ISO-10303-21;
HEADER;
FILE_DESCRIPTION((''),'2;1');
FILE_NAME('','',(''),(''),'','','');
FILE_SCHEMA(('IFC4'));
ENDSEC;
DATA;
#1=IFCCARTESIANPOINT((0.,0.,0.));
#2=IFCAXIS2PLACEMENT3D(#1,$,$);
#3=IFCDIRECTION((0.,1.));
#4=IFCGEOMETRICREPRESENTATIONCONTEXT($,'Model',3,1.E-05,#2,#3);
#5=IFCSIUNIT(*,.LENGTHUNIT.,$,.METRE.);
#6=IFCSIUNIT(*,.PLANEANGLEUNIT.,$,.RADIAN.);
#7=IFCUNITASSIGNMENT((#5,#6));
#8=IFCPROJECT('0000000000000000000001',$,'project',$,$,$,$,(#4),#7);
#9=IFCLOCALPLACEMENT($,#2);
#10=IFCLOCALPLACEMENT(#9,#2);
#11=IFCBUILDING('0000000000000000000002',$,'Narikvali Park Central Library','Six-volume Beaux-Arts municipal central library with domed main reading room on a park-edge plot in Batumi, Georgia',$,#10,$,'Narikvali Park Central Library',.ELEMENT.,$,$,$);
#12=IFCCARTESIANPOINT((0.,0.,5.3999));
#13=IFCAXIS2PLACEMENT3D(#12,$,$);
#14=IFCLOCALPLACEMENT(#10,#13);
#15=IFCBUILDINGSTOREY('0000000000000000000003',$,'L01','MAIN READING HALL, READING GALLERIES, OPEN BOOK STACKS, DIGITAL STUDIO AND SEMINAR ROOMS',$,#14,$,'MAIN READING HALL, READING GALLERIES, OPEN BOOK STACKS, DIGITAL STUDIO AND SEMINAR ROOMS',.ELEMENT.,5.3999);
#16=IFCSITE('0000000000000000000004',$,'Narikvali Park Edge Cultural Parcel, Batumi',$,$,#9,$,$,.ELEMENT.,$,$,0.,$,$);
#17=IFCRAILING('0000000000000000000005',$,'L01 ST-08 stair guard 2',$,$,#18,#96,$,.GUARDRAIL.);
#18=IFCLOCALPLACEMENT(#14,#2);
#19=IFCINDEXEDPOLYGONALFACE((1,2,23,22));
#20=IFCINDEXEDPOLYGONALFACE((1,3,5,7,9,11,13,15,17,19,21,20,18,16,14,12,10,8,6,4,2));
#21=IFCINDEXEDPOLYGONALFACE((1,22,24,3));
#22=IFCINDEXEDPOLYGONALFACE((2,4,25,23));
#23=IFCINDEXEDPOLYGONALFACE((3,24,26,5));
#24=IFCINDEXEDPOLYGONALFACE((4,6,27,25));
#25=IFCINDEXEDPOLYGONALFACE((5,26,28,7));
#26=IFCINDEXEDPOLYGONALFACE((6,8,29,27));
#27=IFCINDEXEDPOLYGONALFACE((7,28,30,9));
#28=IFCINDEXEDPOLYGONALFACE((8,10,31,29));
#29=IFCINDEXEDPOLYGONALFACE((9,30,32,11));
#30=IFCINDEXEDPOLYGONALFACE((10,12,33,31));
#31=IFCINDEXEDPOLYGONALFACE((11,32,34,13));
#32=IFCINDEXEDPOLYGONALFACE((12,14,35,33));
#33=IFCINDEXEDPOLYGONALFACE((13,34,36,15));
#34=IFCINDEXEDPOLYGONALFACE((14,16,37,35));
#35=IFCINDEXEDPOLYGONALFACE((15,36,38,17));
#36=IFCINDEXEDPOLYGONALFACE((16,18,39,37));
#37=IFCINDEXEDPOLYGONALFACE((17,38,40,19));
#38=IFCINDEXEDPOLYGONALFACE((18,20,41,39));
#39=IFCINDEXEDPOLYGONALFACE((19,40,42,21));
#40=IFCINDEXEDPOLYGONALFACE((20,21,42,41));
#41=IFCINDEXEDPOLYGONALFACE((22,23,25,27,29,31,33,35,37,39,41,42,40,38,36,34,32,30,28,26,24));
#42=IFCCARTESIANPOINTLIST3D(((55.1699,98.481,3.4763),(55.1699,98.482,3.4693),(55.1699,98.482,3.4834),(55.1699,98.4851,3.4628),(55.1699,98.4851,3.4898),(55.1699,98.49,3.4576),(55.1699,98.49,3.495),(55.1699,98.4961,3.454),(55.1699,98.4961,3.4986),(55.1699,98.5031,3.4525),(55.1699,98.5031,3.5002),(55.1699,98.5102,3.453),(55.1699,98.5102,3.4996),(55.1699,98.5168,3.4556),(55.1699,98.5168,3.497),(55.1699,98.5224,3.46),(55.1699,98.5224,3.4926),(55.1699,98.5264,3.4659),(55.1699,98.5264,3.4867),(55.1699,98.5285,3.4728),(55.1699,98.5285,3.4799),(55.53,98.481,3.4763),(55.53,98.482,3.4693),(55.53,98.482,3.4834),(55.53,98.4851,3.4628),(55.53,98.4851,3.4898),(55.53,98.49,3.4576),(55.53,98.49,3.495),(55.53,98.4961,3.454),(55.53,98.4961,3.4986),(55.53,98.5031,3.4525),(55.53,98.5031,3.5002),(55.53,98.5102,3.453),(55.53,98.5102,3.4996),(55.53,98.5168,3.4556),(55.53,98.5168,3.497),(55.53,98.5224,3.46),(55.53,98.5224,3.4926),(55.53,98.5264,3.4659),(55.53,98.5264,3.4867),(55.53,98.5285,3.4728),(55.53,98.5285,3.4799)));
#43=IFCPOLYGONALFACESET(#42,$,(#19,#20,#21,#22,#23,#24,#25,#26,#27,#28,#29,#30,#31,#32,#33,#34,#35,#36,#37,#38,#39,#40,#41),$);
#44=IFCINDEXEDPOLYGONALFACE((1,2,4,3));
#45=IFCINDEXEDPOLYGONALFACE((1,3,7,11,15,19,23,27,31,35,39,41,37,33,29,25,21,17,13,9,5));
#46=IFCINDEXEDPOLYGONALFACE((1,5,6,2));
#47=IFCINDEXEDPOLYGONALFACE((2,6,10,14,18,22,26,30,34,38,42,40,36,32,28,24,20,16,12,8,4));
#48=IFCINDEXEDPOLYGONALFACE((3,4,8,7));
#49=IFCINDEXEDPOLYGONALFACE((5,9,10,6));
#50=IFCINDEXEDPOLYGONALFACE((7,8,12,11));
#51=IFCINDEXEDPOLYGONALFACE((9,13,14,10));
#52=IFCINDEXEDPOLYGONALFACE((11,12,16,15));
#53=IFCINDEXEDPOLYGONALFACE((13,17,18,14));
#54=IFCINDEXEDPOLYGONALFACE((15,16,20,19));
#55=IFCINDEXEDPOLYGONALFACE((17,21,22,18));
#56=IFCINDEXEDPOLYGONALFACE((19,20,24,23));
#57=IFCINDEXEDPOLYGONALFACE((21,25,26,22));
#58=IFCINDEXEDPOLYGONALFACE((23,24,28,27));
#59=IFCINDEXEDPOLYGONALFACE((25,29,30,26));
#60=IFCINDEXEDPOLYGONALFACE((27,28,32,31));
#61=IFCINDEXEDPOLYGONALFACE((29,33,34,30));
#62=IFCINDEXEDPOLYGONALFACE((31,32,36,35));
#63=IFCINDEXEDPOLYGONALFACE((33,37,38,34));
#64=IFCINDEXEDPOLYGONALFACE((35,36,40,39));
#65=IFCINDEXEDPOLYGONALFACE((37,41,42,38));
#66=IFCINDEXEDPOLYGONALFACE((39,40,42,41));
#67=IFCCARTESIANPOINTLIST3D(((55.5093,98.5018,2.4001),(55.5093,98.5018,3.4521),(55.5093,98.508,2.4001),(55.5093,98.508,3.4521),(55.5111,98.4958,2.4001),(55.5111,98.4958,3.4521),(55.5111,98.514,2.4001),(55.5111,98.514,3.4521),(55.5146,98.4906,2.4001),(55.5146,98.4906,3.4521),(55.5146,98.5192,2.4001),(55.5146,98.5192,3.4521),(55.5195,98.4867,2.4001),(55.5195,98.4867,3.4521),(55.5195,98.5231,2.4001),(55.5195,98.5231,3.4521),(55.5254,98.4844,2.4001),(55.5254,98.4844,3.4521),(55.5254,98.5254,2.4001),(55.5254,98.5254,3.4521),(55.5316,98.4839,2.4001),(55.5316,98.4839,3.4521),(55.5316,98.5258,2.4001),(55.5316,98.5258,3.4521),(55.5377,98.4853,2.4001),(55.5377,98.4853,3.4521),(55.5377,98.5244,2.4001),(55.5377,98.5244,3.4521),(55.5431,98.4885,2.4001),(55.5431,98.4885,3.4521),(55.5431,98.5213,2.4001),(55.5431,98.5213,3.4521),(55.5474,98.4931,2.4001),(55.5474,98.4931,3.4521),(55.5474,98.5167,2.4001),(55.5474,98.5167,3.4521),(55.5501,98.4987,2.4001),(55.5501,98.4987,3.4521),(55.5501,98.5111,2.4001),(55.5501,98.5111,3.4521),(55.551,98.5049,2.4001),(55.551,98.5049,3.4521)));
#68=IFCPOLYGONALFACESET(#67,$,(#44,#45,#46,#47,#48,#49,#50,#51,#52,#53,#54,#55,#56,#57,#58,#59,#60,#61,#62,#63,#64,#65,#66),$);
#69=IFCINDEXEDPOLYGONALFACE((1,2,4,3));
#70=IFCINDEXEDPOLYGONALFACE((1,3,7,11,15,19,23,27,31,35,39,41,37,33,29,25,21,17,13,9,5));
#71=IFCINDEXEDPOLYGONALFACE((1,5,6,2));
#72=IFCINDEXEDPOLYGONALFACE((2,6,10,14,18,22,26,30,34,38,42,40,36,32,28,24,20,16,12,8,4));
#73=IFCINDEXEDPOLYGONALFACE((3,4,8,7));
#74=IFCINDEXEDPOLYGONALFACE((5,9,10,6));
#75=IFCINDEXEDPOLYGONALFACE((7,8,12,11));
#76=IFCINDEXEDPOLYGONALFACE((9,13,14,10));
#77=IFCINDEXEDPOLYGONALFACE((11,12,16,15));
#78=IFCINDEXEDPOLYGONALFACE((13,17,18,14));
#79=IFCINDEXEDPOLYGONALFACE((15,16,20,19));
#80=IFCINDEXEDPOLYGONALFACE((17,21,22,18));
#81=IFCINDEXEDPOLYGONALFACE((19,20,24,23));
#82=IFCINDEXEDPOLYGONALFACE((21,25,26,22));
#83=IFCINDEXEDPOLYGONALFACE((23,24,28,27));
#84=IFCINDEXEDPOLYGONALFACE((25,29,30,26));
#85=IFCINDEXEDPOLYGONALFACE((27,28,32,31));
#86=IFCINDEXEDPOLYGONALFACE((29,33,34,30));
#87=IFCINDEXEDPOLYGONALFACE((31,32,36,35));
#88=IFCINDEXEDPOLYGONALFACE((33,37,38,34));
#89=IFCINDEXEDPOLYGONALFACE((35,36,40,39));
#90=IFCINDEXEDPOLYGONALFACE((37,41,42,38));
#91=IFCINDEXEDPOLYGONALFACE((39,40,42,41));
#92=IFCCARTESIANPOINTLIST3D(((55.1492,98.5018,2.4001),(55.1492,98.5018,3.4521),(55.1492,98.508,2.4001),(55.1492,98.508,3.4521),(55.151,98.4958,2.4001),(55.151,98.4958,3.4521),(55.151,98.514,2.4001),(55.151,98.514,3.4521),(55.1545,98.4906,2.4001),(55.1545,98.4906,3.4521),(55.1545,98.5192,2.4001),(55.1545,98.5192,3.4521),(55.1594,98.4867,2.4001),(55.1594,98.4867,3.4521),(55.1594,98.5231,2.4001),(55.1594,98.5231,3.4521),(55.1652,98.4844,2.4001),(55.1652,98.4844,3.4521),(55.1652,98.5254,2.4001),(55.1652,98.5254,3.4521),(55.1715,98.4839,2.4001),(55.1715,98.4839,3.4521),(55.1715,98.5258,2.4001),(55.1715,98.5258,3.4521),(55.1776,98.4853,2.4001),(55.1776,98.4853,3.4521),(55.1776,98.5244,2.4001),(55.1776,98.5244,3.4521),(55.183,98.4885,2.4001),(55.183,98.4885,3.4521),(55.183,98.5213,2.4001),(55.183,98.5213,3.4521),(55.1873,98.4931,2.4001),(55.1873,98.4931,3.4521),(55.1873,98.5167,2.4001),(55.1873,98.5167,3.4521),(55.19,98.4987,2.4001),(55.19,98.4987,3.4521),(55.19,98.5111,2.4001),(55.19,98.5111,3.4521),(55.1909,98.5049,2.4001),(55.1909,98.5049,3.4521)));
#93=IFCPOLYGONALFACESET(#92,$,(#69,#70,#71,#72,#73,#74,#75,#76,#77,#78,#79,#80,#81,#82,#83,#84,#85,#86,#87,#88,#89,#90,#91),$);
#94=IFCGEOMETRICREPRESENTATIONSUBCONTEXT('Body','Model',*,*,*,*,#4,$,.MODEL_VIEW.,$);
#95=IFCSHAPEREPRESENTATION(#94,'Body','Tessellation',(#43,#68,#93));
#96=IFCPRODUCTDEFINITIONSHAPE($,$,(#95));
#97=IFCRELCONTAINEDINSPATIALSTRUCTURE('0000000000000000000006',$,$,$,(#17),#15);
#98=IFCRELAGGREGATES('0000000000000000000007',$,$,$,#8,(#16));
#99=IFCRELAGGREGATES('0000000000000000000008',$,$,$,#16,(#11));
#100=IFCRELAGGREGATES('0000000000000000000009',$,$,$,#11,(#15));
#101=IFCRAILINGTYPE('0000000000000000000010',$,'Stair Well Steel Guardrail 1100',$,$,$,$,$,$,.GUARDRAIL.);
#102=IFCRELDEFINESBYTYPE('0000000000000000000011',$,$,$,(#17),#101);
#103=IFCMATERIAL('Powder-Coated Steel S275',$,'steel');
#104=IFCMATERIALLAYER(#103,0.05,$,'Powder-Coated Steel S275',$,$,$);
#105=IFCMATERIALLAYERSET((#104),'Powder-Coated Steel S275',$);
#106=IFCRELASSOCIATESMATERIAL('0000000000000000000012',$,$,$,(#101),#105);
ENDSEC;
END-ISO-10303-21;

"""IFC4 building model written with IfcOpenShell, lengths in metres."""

from ifc_helpers import new_model, si_unit, direction, frame, origin, origin_2d, place, context, subcontext, project, spatial, circle, extrude, material, layer, layer_set, type_object, element, save


model = new_model("IFC4")

# Units and contexts
model_context = context("Model", 3, precision=1e-05, world=origin(), true_north=direction((0.0, 1.0)))
body_context = subcontext(model_context, "Body", "Model", "MODEL_VIEW")
ifc_project = project(units=[si_unit("LENGTHUNIT", "METRE"), si_unit("PLANEANGLEUNIT", "RADIAN")], contexts=[model_context])

# Site, building, storey
site_placement = place(None, origin())
site = spatial("IfcSite", under=ifc_project, at=site_placement, Name="Narikvali Park Edge Cultural Parcel, Batumi", CompositionType="ELEMENT", RefElevation=0.0)
building_placement = place(site_placement, origin())
building = spatial("IfcBuilding", under=site, at=building_placement, Name="Narikvali Park Central Library", Description="Six-volume Beaux-Arts municipal central library with domed main reading room on a park-edge plot in Batumi, Georgia", LongName="Narikvali Park Central Library", CompositionType="ELEMENT")
storey_placement = place(building_placement, frame((0.0, 0.0, 5.3999)))
storey = spatial("IfcBuildingStorey", under=building, at=storey_placement, Name="L01", Description="MAIN READING HALL, READING GALLERIES, OPEN BOOK STACKS, DIGITAL STUDIO AND SEMINAR ROOMS", LongName="MAIN READING HALL, READING GALLERIES, OPEN BOOK STACKS, DIGITAL STUDIO AND SEMINAR ROOMS", CompositionType="ELEMENT", Elevation=5.3999)

# Railing
ifc_material_1 = material(Name="Powder-Coated Steel S275", Category="steel")
ifc_layer_1 = layer(ifc_material_1, 0.05, Name="Powder-Coated Steel S275")
ifc_layer_set_1 = layer_set([ifc_layer_1], Name="Powder-Coated Steel S275")
railing_type_1 = type_object("IfcRailingType", Name="Stair Well Steel Guardrail 1100", PredefinedType="GUARDRAIL", material=ifc_layer_set_1)
railing_1_placement = place(storey_placement, frame((55.53, 98.5049, 2.4001)))
element("IfcRailing", 1, at=railing_1_placement, inside=storey, type_object=railing_type_1, Name="L01 ST-08 stair guard 2", PredefinedType="GUARDRAIL", context=body_context, shape_type="SweptSolid", body=[
    extrude(circle(Radius=0.0239, at=origin_2d()), frame((0.0, 0.0, 1.0762), z_axis=(-1.0, 0.0, 0.0), x_axis=(0.0, -1.0, 0.0)), (0.0, 0.0, 1.0), 0.3601),
    extrude(circle(Radius=0.021, at=origin_2d()), origin(), (0.0, 0.0, 1.0), 1.052),
    extrude(circle(Radius=0.021, at=origin_2d()), frame((-0.3601, 0.0, 0.0)), (0.0, 0.0, 1.0), 1.052),
])

save(model, "model.ifc")
